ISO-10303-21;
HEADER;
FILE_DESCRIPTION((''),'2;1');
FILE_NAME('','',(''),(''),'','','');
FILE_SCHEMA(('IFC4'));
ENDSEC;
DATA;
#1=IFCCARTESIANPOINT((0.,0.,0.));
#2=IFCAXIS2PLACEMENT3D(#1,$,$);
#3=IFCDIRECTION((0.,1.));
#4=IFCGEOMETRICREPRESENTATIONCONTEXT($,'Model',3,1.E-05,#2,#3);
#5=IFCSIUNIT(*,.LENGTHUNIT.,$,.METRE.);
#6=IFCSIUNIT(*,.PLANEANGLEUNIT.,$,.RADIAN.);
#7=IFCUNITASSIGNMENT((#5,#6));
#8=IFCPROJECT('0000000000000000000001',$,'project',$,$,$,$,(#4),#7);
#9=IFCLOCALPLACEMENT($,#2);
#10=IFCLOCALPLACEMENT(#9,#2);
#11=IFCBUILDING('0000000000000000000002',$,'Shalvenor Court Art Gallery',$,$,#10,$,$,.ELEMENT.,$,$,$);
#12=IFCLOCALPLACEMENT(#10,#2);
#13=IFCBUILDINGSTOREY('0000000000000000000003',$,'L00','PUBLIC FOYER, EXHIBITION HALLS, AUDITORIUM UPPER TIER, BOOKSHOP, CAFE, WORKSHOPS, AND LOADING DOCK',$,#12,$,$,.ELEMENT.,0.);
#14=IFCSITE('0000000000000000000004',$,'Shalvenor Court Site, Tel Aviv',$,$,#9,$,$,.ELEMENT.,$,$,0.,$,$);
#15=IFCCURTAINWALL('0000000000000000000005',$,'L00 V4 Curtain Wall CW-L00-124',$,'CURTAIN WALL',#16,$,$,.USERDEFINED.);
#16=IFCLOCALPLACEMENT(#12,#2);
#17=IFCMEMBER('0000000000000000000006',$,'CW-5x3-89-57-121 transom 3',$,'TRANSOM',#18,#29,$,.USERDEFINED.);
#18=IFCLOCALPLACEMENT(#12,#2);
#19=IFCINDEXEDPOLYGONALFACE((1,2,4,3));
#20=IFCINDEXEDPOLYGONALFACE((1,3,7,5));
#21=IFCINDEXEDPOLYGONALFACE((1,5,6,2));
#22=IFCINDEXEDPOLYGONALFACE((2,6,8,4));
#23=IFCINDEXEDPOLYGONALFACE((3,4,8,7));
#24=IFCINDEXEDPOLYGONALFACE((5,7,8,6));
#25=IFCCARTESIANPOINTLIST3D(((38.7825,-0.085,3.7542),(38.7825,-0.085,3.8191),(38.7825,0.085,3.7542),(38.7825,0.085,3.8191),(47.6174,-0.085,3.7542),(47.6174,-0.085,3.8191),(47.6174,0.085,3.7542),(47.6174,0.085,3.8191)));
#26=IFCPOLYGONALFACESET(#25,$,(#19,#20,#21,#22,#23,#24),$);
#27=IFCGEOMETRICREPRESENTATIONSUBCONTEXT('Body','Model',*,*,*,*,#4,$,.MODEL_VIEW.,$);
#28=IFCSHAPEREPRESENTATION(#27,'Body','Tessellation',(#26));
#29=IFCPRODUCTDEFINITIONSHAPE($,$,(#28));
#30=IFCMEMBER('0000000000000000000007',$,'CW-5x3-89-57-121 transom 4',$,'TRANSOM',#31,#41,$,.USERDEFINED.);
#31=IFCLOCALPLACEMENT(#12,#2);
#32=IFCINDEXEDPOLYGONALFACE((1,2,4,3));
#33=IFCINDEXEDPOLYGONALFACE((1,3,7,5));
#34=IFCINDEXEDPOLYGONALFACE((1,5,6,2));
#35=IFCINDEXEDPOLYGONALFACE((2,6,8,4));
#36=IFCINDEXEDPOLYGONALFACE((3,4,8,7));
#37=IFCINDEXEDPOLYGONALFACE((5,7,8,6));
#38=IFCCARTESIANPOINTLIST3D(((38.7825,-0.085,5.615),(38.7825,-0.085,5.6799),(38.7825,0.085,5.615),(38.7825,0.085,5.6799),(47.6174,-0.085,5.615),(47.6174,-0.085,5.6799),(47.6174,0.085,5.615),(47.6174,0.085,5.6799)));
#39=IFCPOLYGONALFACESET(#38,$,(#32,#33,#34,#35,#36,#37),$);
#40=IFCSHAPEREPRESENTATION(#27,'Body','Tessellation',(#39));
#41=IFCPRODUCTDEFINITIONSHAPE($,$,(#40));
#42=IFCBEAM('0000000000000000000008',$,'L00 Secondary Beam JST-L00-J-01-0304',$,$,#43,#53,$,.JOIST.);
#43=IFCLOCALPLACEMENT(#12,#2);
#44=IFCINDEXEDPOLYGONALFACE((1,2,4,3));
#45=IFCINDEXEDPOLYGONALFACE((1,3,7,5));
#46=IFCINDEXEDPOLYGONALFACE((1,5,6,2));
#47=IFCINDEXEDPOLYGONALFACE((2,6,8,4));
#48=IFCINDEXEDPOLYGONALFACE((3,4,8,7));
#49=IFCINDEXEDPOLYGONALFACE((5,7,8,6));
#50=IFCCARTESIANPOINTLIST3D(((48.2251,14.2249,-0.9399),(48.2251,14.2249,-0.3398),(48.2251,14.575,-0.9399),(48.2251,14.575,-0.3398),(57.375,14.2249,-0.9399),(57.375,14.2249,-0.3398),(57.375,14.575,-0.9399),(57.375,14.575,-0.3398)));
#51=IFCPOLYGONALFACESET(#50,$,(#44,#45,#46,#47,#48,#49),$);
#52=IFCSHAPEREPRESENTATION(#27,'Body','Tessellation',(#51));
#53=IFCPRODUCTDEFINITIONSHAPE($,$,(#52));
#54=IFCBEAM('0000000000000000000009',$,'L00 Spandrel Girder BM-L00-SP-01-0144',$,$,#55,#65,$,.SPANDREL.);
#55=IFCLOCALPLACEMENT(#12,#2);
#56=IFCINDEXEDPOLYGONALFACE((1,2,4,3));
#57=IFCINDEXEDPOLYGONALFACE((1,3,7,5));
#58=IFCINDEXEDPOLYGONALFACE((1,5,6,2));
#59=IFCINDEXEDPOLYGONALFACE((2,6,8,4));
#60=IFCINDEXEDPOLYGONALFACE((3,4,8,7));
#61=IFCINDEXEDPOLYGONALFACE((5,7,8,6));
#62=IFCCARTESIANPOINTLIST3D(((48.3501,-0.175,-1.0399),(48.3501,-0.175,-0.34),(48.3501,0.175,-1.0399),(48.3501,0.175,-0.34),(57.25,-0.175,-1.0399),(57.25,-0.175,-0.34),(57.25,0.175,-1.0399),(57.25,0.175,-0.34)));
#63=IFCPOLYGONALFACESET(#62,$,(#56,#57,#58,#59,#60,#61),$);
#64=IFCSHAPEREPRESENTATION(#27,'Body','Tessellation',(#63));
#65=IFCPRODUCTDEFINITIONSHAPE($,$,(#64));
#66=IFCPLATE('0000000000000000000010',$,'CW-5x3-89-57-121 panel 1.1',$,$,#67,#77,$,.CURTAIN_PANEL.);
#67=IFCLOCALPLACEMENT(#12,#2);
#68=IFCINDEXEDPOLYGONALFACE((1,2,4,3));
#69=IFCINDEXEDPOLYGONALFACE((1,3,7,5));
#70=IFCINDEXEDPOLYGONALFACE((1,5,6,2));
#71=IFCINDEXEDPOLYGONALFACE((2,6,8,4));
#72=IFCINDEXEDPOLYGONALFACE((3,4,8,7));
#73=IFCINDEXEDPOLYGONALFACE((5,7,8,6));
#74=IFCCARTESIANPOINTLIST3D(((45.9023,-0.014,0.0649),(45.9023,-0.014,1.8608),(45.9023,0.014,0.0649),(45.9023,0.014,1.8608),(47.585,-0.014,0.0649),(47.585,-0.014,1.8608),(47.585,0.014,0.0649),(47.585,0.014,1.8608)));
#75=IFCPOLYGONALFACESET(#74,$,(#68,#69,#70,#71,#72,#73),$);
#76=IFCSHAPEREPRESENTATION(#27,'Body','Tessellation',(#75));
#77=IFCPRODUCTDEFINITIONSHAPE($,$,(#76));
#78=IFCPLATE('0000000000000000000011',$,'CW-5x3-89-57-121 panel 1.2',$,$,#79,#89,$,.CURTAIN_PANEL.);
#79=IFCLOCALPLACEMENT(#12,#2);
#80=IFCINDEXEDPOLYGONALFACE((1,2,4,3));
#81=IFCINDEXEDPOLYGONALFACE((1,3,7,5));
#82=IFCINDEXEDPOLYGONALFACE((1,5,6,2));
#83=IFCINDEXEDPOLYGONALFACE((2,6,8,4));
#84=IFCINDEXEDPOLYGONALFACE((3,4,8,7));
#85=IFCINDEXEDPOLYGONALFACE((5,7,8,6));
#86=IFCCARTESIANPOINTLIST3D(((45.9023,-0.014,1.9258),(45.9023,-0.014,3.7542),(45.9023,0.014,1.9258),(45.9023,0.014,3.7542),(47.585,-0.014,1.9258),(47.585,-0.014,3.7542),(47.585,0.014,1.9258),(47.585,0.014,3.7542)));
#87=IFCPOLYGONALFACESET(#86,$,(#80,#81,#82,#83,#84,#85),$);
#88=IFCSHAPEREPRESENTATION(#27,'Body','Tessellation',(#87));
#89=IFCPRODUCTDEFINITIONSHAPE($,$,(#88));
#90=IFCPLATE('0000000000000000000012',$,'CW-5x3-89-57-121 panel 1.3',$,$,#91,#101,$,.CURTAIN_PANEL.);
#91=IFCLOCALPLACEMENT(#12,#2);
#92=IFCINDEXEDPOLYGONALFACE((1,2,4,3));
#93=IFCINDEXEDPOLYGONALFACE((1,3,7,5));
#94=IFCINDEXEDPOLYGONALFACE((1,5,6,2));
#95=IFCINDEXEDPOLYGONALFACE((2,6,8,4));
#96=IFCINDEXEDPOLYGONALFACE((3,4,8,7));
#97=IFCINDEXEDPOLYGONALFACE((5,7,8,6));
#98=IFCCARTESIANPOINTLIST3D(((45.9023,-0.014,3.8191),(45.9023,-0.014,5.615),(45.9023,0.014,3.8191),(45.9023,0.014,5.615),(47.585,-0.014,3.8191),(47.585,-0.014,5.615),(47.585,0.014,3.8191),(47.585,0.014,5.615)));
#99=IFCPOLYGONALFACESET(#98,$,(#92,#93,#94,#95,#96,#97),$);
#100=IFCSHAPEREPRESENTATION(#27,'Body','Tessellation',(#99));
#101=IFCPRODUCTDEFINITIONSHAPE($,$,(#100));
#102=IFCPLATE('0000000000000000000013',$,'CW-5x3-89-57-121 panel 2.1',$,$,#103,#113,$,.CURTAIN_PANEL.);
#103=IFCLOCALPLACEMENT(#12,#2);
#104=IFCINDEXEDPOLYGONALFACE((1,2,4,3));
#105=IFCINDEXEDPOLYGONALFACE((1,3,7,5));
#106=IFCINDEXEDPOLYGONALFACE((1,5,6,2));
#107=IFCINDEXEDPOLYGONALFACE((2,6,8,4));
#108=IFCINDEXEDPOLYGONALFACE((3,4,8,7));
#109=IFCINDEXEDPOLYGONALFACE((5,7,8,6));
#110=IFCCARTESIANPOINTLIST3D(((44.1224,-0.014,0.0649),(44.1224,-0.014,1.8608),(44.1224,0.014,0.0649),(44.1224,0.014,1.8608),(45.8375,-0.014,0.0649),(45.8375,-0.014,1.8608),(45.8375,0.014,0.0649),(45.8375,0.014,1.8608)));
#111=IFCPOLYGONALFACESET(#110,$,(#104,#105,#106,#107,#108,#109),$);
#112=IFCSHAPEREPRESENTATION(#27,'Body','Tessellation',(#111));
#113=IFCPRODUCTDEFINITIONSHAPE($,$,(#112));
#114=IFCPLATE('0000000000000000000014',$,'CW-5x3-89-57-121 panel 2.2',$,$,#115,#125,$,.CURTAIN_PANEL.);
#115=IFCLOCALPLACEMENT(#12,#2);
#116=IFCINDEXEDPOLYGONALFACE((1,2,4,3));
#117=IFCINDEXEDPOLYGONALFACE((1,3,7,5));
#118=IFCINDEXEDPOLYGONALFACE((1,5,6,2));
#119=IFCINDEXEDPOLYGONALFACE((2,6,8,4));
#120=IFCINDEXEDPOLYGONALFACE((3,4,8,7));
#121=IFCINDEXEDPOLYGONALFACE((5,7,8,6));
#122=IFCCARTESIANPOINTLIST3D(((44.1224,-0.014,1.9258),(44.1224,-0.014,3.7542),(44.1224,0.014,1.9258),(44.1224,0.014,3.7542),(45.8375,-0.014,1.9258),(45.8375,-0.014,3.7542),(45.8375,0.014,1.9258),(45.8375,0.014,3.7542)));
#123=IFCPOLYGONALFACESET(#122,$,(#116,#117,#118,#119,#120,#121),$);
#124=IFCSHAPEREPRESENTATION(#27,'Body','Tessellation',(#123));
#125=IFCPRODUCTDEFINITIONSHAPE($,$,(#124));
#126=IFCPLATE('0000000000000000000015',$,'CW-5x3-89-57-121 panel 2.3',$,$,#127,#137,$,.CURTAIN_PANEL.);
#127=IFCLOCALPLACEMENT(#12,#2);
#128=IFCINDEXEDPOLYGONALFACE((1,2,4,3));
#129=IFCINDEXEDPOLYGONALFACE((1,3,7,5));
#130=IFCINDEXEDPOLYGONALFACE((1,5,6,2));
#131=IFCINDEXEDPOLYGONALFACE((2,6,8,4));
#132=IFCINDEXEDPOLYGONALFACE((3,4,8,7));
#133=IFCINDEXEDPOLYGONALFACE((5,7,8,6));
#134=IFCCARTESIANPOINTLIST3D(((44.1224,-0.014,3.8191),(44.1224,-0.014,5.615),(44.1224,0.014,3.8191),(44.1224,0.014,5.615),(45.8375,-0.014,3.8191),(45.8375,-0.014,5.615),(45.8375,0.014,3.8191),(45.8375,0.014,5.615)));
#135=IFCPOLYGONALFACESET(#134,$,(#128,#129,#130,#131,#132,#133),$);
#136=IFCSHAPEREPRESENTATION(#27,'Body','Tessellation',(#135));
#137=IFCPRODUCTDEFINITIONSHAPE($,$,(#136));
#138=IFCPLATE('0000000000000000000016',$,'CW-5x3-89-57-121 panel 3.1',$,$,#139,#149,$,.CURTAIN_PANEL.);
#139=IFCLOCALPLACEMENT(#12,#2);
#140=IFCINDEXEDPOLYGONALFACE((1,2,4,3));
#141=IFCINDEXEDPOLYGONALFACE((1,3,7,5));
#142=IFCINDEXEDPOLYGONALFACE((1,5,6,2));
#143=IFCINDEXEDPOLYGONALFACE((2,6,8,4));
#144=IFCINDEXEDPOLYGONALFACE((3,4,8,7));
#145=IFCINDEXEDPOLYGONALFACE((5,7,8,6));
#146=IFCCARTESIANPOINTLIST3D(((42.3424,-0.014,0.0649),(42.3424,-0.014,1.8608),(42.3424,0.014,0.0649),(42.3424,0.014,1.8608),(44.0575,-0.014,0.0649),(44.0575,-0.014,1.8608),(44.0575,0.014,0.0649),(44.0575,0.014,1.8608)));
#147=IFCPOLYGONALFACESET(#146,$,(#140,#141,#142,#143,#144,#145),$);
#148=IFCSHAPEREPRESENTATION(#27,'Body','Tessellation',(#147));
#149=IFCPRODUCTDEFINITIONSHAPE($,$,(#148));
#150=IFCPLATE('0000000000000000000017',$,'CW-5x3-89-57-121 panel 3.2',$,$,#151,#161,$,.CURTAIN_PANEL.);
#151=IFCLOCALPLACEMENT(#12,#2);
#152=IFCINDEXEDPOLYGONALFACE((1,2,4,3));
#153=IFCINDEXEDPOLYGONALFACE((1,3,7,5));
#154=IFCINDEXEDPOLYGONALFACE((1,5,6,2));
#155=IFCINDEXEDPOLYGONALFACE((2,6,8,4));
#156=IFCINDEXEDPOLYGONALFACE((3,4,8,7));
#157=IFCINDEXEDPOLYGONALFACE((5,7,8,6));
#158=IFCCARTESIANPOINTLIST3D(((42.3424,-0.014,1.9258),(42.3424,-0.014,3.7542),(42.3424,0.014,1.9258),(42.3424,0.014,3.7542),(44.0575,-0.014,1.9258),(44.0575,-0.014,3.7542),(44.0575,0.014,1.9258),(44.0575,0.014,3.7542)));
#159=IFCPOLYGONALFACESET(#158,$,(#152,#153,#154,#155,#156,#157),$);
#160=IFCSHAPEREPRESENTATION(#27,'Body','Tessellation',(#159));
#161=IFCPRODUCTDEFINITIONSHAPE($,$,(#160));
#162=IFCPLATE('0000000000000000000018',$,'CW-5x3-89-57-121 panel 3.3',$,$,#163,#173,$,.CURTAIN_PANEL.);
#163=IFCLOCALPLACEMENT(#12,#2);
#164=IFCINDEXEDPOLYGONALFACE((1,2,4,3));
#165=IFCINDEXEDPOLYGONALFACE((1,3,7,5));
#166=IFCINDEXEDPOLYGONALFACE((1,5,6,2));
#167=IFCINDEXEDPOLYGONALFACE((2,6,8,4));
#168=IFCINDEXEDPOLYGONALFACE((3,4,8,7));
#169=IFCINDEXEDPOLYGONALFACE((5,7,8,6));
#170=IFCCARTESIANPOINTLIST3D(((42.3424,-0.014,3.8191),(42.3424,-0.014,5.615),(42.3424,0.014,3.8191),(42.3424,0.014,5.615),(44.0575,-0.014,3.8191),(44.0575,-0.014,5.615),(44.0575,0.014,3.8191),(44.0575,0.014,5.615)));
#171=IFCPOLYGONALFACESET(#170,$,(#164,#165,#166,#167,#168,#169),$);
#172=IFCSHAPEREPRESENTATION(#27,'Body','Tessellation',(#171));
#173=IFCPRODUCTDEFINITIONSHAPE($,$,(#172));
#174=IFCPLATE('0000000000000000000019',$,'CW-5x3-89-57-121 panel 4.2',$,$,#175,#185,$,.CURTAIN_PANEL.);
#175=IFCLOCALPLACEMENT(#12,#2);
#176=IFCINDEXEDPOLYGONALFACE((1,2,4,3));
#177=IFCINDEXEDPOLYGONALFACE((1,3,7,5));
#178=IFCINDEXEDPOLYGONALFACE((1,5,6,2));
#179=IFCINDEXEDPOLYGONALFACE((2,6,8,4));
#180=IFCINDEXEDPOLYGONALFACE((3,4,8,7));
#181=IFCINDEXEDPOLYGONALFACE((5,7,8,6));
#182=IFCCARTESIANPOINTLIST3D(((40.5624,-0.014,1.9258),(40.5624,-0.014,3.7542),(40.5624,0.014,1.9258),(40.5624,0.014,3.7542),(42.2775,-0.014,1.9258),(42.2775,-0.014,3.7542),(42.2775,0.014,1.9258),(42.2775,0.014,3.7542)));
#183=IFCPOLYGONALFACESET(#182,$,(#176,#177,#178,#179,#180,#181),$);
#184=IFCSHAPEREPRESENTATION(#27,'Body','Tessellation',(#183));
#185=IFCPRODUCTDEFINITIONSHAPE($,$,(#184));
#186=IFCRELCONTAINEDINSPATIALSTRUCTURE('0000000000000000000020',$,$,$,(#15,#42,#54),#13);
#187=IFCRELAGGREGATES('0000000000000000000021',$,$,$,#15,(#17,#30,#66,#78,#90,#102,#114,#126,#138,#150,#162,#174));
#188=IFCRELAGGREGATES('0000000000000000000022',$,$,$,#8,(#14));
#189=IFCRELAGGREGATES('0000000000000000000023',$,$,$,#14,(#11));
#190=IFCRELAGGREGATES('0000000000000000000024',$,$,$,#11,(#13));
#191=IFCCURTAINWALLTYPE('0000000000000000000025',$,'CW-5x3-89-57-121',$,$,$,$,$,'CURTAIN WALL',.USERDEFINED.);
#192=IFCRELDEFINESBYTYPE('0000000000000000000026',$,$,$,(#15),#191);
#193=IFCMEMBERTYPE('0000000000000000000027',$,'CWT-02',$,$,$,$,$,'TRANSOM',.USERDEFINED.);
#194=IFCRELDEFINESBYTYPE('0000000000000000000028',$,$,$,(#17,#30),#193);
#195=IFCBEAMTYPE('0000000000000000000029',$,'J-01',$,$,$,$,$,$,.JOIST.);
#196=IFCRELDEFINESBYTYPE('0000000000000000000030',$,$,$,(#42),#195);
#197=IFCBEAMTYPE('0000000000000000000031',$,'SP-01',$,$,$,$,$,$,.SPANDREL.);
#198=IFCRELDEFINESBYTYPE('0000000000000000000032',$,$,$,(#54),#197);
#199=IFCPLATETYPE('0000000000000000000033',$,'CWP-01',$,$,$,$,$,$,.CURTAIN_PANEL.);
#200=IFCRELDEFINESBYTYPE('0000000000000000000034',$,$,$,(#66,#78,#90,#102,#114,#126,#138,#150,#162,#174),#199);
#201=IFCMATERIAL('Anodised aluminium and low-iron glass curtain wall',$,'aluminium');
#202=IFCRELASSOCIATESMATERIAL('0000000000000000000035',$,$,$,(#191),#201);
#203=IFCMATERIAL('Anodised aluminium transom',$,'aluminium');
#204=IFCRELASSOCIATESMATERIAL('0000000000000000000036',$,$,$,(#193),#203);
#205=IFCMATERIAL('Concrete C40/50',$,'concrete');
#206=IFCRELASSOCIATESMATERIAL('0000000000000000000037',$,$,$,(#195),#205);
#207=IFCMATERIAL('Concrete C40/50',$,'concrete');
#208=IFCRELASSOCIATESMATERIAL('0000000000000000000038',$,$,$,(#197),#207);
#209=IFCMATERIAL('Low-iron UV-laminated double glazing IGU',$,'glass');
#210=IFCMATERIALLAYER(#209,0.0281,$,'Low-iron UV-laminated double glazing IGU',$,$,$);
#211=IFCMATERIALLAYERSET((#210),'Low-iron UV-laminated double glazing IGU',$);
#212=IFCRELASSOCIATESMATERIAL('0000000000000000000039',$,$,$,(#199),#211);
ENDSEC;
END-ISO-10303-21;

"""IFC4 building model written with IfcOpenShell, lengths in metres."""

from ifc_helpers import new_model, si_unit, direction, frame, origin, origin_2d, place, context, subcontext, project, spatial, rectangle, extrude, material, layer, layer_set, material_profile, profile_set, type_object, element, aggregate, save


model = new_model("IFC4")

# Units and contexts
model_context = context("Model", 3, precision=1e-05, world=origin(), true_north=direction((0.0, 1.0)))
body_context = subcontext(model_context, "Body", "Model", "MODEL_VIEW")
ifc_project = project(units=[si_unit("LENGTHUNIT", "METRE"), si_unit("PLANEANGLEUNIT", "RADIAN")], contexts=[model_context])

# Site, building, storey
site_placement = place(None, origin())
site = spatial("IfcSite", under=ifc_project, at=site_placement, Name="Shalvenor Court Site, Tel Aviv", CompositionType="ELEMENT", RefElevation=0.0)
building_placement = place(site_placement, origin())
building = spatial("IfcBuilding", under=site, at=building_placement, Name="Shalvenor Court Art Gallery", CompositionType="ELEMENT")
storey_placement = place(building_placement, origin())
storey = spatial("IfcBuildingStorey", under=building, at=storey_placement, Name="L00", Description="PUBLIC FOYER, EXHIBITION HALLS, AUDITORIUM UPPER TIER, BOOKSHOP, CAFE, WORKSHOPS, AND LOADING DOCK", CompositionType="ELEMENT", Elevation=0.0)

# Curtain wall, members
ifc_material_1 = material(Name="Anodised aluminium and low-iron glass curtain wall", Category="aluminium")
curtain_wall_type = type_object("IfcCurtainWallType", Name="CW-5x3-89-57-121", ElementType="CURTAIN WALL", PredefinedType="USERDEFINED", material=ifc_material_1)
curtain_wall_placement = place(storey_placement, origin())
curtain_wall = element("IfcCurtainWall", 1, at=curtain_wall_placement, inside=storey, type_object=curtain_wall_type, Name="L00 V4 Curtain Wall CW-L00-124", ObjectType="CURTAIN WALL", PredefinedType="USERDEFINED")
ifc_material_2 = material(Name="Anodised aluminium transom", Category="aluminium")
ifc_material_profile_1 = material_profile(ifc_material_2, rectangle(XDim=0.1699, YDim=0.0649, at=origin_2d()), Name="CWT-02")
ifc_profile_set_1 = profile_set([ifc_material_profile_1], Name="Anodised aluminium transom")
member_type_1 = type_object("IfcMemberType", Name="CWT-02", ElementType="TRANSOM", PredefinedType="USERDEFINED", material=ifc_profile_set_1)
member_1_placement = place(storey_placement, frame((47.6174, 0.0, 3.7866), z_axis=(-1.0, 0.0, 0.0), x_axis=(0.0, -1.0, 0.0)))
member_1 = element("IfcMember", 2, at=member_1_placement, type_object=member_type_1, Name="CW-5x3-89-57-121 transom 3", ObjectType="TRANSOM", PredefinedType="USERDEFINED", context=body_context, shape_type="SweptSolid", body=[
    extrude(rectangle(XDim=0.1699, YDim=0.0649, at=origin_2d()), origin(), (0.0, 0.0, 1.0), 8.835),
])
member_2_placement = place(storey_placement, frame((47.6174, 0.0, 5.6475), z_axis=(-1.0, 0.0, 0.0), x_axis=(0.0, -1.0, 0.0)))
member_2 = element("IfcMember", 3, at=member_2_placement, type_object=member_type_1, Name="CW-5x3-89-57-121 transom 4", ObjectType="TRANSOM", PredefinedType="USERDEFINED", context=body_context, shape_type="SweptSolid", body=[
    extrude(rectangle(XDim=0.1699, YDim=0.0649, at=origin_2d()), origin(), (0.0, 0.0, 1.0), 8.835),
])

# Beams
ifc_material_3 = material(Name="Concrete C40/50", Category="concrete")
ifc_material_profile_2 = material_profile(ifc_material_3, rectangle(XDim=0.3501, YDim=0.6001, at=origin_2d()), Name="RC 350x600")
ifc_profile_set_2 = profile_set([ifc_material_profile_2], Name="Concrete C40/50")
beam_type_1 = type_object("IfcBeamType", Name="J-01", PredefinedType="JOIST", material=ifc_profile_set_2)
beam_1_placement = place(storey_placement, frame((48.2251, 14.3999, -0.6399), z_axis=(1.0, 0.0, 0.0), x_axis=(0.0, 1.0, 0.0)))
element("IfcBeam", 4, at=beam_1_placement, inside=storey, type_object=beam_type_1, Name="L00 Secondary Beam JST-L00-J-01-0304", PredefinedType="JOIST", context=body_context, shape_type="SweptSolid", body=[
    extrude(rectangle(XDim=0.3501, YDim=0.6001, at=origin_2d()), origin(), (0.0, 0.0, 1.0), 9.1499),
])
ifc_material_4 = material(Name="Concrete C40/50", Category="concrete")
ifc_material_profile_3 = material_profile(ifc_material_4, rectangle(XDim=0.3501, YDim=0.7, at=origin_2d()), Name="RC 350x700")
ifc_profile_set_3 = profile_set([ifc_material_profile_3], Name="Concrete C40/50")
beam_type_2 = type_object("IfcBeamType", Name="SP-01", PredefinedType="SPANDREL", material=ifc_profile_set_3)
beam_2_placement = place(storey_placement, frame((48.3501, 0.0, -0.6899), z_axis=(1.0, 0.0, 0.0), x_axis=(0.0, 1.0, 0.0)))
element("IfcBeam", 5, at=beam_2_placement, inside=storey, type_object=beam_type_2, Name="L00 Spandrel Girder BM-L00-SP-01-0144", PredefinedType="SPANDREL", context=body_context, shape_type="SweptSolid", body=[
    extrude(rectangle(XDim=0.3501, YDim=0.7, at=origin_2d()), origin(), (0.0, 0.0, 1.0), 8.8999),
])

# Plates
ifc_material_5 = material(Name="Low-iron UV-laminated double glazing IGU", Category="glass")
ifc_layer_1 = layer(ifc_material_5, 0.0281, Name="Low-iron UV-laminated double glazing IGU")
ifc_layer_set_1 = layer_set([ifc_layer_1], Name="Low-iron UV-laminated double glazing IGU")
plate_type_1 = type_object("IfcPlateType", Name="CWP-01", PredefinedType="CURTAIN_PANEL", material=ifc_layer_set_1)
plate_1_placement = place(storey_placement, frame((46.7437, 0.0, 0.0649), z_axis=(0.0, 0.0, 1.0), x_axis=(-1.0, 0.0, 0.0)))
plate_1 = element("IfcPlate", 6, at=plate_1_placement, type_object=plate_type_1, Name="CW-5x3-89-57-121 panel 1.1", PredefinedType="CURTAIN_PANEL", context=body_context, shape_type="SweptSolid", body=[
    extrude(rectangle(XDim=1.6826, YDim=0.0281, at=origin_2d()), origin(), (0.0, 0.0, 1.0), 1.7959),
])
plate_2_placement = place(storey_placement, frame((46.7437, 0.0, 1.9258), z_axis=(0.0, 0.0, 1.0), x_axis=(-1.0, 0.0, 0.0)))
plate_2 = element("IfcPlate", 7, at=plate_2_placement, type_object=plate_type_1, Name="CW-5x3-89-57-121 panel 1.2", PredefinedType="CURTAIN_PANEL", context=body_context, shape_type="SweptSolid", body=[
    extrude(rectangle(XDim=1.6826, YDim=0.0281, at=origin_2d()), origin(), (0.0, 0.0, 1.0), 1.8284),
])
plate_3_placement = place(storey_placement, frame((46.7437, 0.0, 3.8191), z_axis=(0.0, 0.0, 1.0), x_axis=(-1.0, 0.0, 0.0)))
plate_3 = element("IfcPlate", 8, at=plate_3_placement, type_object=plate_type_1, Name="CW-5x3-89-57-121 panel 1.3", PredefinedType="CURTAIN_PANEL", context=body_context, shape_type="SweptSolid", body=[
    extrude(rectangle(XDim=1.6826, YDim=0.0281, at=origin_2d()), origin(), (0.0, 0.0, 1.0), 1.7959),
])
plate_4_placement = place(storey_placement, frame((44.98, 0.0, 0.0649), z_axis=(0.0, 0.0, 1.0), x_axis=(-1.0, 0.0, 0.0)))
plate_4 = element("IfcPlate", 9, at=plate_4_placement, type_object=plate_type_1, Name="CW-5x3-89-57-121 panel 2.1", PredefinedType="CURTAIN_PANEL", context=body_context, shape_type="SweptSolid", body=[
    extrude(rectangle(XDim=1.7151, YDim=0.0281, at=origin_2d()), origin(), (0.0, 0.0, 1.0), 1.7959),
])
plate_5_placement = place(storey_placement, frame((44.98, 0.0, 1.9258), z_axis=(0.0, 0.0, 1.0), x_axis=(-1.0, 0.0, 0.0)))
plate_5 = element("IfcPlate", 10, at=plate_5_placement, type_object=plate_type_1, Name="CW-5x3-89-57-121 panel 2.2", PredefinedType="CURTAIN_PANEL", context=body_context, shape_type="SweptSolid", body=[
    extrude(rectangle(XDim=1.7151, YDim=0.0281, at=origin_2d()), origin(), (0.0, 0.0, 1.0), 1.8284),
])
plate_6_placement = place(storey_placement, frame((44.98, 0.0, 3.8191), z_axis=(0.0, 0.0, 1.0), x_axis=(-1.0, 0.0, 0.0)))
plate_6 = element("IfcPlate", 11, at=plate_6_placement, type_object=plate_type_1, Name="CW-5x3-89-57-121 panel 2.3", PredefinedType="CURTAIN_PANEL", context=body_context, shape_type="SweptSolid", body=[
    extrude(rectangle(XDim=1.7151, YDim=0.0281, at=origin_2d()), origin(), (0.0, 0.0, 1.0), 1.7959),
])
plate_7_placement = place(storey_placement, frame((43.2, 0.0, 0.0649), z_axis=(0.0, 0.0, 1.0), x_axis=(-1.0, 0.0, 0.0)))
plate_7 = element("IfcPlate", 12, at=plate_7_placement, type_object=plate_type_1, Name="CW-5x3-89-57-121 panel 3.1", PredefinedType="CURTAIN_PANEL", context=body_context, shape_type="SweptSolid", body=[
    extrude(rectangle(XDim=1.7151, YDim=0.0281, at=origin_2d()), origin(), (0.0, 0.0, 1.0), 1.7959),
])
plate_8_placement = place(storey_placement, frame((43.2, 0.0, 1.9258), z_axis=(0.0, 0.0, 1.0), x_axis=(-1.0, 0.0, 0.0)))
plate_8 = element("IfcPlate", 13, at=plate_8_placement, type_object=plate_type_1, Name="CW-5x3-89-57-121 panel 3.2", PredefinedType="CURTAIN_PANEL", context=body_context, shape_type="SweptSolid", body=[
    extrude(rectangle(XDim=1.7151, YDim=0.0281, at=origin_2d()), origin(), (0.0, 0.0, 1.0), 1.8284),
])
plate_9_placement = place(storey_placement, frame((43.2, 0.0, 3.8191), z_axis=(0.0, 0.0, 1.0), x_axis=(-1.0, 0.0, 0.0)))
plate_9 = element("IfcPlate", 14, at=plate_9_placement, type_object=plate_type_1, Name="CW-5x3-89-57-121 panel 3.3", PredefinedType="CURTAIN_PANEL", context=body_context, shape_type="SweptSolid", body=[
    extrude(rectangle(XDim=1.7151, YDim=0.0281, at=origin_2d()), origin(), (0.0, 0.0, 1.0), 1.7959),
])
plate_10_placement = place(storey_placement, frame((41.4199, 0.0, 1.9258), z_axis=(0.0, 0.0, 1.0), x_axis=(-1.0, 0.0, 0.0)))
plate_10 = element("IfcPlate", 15, at=plate_10_placement, type_object=plate_type_1, Name="CW-5x3-89-57-121 panel 4.2", PredefinedType="CURTAIN_PANEL", context=body_context, shape_type="SweptSolid", body=[
    extrude(rectangle(XDim=1.7151, YDim=0.0281, at=origin_2d()), origin(), (0.0, 0.0, 1.0), 1.8284),
])
aggregate(curtain_wall, [member_1, member_2, plate_1, plate_2, plate_3, plate_4, plate_5, plate_6, plate_7, plate_8, plate_9, plate_10])

save(model, "model.ifc")
